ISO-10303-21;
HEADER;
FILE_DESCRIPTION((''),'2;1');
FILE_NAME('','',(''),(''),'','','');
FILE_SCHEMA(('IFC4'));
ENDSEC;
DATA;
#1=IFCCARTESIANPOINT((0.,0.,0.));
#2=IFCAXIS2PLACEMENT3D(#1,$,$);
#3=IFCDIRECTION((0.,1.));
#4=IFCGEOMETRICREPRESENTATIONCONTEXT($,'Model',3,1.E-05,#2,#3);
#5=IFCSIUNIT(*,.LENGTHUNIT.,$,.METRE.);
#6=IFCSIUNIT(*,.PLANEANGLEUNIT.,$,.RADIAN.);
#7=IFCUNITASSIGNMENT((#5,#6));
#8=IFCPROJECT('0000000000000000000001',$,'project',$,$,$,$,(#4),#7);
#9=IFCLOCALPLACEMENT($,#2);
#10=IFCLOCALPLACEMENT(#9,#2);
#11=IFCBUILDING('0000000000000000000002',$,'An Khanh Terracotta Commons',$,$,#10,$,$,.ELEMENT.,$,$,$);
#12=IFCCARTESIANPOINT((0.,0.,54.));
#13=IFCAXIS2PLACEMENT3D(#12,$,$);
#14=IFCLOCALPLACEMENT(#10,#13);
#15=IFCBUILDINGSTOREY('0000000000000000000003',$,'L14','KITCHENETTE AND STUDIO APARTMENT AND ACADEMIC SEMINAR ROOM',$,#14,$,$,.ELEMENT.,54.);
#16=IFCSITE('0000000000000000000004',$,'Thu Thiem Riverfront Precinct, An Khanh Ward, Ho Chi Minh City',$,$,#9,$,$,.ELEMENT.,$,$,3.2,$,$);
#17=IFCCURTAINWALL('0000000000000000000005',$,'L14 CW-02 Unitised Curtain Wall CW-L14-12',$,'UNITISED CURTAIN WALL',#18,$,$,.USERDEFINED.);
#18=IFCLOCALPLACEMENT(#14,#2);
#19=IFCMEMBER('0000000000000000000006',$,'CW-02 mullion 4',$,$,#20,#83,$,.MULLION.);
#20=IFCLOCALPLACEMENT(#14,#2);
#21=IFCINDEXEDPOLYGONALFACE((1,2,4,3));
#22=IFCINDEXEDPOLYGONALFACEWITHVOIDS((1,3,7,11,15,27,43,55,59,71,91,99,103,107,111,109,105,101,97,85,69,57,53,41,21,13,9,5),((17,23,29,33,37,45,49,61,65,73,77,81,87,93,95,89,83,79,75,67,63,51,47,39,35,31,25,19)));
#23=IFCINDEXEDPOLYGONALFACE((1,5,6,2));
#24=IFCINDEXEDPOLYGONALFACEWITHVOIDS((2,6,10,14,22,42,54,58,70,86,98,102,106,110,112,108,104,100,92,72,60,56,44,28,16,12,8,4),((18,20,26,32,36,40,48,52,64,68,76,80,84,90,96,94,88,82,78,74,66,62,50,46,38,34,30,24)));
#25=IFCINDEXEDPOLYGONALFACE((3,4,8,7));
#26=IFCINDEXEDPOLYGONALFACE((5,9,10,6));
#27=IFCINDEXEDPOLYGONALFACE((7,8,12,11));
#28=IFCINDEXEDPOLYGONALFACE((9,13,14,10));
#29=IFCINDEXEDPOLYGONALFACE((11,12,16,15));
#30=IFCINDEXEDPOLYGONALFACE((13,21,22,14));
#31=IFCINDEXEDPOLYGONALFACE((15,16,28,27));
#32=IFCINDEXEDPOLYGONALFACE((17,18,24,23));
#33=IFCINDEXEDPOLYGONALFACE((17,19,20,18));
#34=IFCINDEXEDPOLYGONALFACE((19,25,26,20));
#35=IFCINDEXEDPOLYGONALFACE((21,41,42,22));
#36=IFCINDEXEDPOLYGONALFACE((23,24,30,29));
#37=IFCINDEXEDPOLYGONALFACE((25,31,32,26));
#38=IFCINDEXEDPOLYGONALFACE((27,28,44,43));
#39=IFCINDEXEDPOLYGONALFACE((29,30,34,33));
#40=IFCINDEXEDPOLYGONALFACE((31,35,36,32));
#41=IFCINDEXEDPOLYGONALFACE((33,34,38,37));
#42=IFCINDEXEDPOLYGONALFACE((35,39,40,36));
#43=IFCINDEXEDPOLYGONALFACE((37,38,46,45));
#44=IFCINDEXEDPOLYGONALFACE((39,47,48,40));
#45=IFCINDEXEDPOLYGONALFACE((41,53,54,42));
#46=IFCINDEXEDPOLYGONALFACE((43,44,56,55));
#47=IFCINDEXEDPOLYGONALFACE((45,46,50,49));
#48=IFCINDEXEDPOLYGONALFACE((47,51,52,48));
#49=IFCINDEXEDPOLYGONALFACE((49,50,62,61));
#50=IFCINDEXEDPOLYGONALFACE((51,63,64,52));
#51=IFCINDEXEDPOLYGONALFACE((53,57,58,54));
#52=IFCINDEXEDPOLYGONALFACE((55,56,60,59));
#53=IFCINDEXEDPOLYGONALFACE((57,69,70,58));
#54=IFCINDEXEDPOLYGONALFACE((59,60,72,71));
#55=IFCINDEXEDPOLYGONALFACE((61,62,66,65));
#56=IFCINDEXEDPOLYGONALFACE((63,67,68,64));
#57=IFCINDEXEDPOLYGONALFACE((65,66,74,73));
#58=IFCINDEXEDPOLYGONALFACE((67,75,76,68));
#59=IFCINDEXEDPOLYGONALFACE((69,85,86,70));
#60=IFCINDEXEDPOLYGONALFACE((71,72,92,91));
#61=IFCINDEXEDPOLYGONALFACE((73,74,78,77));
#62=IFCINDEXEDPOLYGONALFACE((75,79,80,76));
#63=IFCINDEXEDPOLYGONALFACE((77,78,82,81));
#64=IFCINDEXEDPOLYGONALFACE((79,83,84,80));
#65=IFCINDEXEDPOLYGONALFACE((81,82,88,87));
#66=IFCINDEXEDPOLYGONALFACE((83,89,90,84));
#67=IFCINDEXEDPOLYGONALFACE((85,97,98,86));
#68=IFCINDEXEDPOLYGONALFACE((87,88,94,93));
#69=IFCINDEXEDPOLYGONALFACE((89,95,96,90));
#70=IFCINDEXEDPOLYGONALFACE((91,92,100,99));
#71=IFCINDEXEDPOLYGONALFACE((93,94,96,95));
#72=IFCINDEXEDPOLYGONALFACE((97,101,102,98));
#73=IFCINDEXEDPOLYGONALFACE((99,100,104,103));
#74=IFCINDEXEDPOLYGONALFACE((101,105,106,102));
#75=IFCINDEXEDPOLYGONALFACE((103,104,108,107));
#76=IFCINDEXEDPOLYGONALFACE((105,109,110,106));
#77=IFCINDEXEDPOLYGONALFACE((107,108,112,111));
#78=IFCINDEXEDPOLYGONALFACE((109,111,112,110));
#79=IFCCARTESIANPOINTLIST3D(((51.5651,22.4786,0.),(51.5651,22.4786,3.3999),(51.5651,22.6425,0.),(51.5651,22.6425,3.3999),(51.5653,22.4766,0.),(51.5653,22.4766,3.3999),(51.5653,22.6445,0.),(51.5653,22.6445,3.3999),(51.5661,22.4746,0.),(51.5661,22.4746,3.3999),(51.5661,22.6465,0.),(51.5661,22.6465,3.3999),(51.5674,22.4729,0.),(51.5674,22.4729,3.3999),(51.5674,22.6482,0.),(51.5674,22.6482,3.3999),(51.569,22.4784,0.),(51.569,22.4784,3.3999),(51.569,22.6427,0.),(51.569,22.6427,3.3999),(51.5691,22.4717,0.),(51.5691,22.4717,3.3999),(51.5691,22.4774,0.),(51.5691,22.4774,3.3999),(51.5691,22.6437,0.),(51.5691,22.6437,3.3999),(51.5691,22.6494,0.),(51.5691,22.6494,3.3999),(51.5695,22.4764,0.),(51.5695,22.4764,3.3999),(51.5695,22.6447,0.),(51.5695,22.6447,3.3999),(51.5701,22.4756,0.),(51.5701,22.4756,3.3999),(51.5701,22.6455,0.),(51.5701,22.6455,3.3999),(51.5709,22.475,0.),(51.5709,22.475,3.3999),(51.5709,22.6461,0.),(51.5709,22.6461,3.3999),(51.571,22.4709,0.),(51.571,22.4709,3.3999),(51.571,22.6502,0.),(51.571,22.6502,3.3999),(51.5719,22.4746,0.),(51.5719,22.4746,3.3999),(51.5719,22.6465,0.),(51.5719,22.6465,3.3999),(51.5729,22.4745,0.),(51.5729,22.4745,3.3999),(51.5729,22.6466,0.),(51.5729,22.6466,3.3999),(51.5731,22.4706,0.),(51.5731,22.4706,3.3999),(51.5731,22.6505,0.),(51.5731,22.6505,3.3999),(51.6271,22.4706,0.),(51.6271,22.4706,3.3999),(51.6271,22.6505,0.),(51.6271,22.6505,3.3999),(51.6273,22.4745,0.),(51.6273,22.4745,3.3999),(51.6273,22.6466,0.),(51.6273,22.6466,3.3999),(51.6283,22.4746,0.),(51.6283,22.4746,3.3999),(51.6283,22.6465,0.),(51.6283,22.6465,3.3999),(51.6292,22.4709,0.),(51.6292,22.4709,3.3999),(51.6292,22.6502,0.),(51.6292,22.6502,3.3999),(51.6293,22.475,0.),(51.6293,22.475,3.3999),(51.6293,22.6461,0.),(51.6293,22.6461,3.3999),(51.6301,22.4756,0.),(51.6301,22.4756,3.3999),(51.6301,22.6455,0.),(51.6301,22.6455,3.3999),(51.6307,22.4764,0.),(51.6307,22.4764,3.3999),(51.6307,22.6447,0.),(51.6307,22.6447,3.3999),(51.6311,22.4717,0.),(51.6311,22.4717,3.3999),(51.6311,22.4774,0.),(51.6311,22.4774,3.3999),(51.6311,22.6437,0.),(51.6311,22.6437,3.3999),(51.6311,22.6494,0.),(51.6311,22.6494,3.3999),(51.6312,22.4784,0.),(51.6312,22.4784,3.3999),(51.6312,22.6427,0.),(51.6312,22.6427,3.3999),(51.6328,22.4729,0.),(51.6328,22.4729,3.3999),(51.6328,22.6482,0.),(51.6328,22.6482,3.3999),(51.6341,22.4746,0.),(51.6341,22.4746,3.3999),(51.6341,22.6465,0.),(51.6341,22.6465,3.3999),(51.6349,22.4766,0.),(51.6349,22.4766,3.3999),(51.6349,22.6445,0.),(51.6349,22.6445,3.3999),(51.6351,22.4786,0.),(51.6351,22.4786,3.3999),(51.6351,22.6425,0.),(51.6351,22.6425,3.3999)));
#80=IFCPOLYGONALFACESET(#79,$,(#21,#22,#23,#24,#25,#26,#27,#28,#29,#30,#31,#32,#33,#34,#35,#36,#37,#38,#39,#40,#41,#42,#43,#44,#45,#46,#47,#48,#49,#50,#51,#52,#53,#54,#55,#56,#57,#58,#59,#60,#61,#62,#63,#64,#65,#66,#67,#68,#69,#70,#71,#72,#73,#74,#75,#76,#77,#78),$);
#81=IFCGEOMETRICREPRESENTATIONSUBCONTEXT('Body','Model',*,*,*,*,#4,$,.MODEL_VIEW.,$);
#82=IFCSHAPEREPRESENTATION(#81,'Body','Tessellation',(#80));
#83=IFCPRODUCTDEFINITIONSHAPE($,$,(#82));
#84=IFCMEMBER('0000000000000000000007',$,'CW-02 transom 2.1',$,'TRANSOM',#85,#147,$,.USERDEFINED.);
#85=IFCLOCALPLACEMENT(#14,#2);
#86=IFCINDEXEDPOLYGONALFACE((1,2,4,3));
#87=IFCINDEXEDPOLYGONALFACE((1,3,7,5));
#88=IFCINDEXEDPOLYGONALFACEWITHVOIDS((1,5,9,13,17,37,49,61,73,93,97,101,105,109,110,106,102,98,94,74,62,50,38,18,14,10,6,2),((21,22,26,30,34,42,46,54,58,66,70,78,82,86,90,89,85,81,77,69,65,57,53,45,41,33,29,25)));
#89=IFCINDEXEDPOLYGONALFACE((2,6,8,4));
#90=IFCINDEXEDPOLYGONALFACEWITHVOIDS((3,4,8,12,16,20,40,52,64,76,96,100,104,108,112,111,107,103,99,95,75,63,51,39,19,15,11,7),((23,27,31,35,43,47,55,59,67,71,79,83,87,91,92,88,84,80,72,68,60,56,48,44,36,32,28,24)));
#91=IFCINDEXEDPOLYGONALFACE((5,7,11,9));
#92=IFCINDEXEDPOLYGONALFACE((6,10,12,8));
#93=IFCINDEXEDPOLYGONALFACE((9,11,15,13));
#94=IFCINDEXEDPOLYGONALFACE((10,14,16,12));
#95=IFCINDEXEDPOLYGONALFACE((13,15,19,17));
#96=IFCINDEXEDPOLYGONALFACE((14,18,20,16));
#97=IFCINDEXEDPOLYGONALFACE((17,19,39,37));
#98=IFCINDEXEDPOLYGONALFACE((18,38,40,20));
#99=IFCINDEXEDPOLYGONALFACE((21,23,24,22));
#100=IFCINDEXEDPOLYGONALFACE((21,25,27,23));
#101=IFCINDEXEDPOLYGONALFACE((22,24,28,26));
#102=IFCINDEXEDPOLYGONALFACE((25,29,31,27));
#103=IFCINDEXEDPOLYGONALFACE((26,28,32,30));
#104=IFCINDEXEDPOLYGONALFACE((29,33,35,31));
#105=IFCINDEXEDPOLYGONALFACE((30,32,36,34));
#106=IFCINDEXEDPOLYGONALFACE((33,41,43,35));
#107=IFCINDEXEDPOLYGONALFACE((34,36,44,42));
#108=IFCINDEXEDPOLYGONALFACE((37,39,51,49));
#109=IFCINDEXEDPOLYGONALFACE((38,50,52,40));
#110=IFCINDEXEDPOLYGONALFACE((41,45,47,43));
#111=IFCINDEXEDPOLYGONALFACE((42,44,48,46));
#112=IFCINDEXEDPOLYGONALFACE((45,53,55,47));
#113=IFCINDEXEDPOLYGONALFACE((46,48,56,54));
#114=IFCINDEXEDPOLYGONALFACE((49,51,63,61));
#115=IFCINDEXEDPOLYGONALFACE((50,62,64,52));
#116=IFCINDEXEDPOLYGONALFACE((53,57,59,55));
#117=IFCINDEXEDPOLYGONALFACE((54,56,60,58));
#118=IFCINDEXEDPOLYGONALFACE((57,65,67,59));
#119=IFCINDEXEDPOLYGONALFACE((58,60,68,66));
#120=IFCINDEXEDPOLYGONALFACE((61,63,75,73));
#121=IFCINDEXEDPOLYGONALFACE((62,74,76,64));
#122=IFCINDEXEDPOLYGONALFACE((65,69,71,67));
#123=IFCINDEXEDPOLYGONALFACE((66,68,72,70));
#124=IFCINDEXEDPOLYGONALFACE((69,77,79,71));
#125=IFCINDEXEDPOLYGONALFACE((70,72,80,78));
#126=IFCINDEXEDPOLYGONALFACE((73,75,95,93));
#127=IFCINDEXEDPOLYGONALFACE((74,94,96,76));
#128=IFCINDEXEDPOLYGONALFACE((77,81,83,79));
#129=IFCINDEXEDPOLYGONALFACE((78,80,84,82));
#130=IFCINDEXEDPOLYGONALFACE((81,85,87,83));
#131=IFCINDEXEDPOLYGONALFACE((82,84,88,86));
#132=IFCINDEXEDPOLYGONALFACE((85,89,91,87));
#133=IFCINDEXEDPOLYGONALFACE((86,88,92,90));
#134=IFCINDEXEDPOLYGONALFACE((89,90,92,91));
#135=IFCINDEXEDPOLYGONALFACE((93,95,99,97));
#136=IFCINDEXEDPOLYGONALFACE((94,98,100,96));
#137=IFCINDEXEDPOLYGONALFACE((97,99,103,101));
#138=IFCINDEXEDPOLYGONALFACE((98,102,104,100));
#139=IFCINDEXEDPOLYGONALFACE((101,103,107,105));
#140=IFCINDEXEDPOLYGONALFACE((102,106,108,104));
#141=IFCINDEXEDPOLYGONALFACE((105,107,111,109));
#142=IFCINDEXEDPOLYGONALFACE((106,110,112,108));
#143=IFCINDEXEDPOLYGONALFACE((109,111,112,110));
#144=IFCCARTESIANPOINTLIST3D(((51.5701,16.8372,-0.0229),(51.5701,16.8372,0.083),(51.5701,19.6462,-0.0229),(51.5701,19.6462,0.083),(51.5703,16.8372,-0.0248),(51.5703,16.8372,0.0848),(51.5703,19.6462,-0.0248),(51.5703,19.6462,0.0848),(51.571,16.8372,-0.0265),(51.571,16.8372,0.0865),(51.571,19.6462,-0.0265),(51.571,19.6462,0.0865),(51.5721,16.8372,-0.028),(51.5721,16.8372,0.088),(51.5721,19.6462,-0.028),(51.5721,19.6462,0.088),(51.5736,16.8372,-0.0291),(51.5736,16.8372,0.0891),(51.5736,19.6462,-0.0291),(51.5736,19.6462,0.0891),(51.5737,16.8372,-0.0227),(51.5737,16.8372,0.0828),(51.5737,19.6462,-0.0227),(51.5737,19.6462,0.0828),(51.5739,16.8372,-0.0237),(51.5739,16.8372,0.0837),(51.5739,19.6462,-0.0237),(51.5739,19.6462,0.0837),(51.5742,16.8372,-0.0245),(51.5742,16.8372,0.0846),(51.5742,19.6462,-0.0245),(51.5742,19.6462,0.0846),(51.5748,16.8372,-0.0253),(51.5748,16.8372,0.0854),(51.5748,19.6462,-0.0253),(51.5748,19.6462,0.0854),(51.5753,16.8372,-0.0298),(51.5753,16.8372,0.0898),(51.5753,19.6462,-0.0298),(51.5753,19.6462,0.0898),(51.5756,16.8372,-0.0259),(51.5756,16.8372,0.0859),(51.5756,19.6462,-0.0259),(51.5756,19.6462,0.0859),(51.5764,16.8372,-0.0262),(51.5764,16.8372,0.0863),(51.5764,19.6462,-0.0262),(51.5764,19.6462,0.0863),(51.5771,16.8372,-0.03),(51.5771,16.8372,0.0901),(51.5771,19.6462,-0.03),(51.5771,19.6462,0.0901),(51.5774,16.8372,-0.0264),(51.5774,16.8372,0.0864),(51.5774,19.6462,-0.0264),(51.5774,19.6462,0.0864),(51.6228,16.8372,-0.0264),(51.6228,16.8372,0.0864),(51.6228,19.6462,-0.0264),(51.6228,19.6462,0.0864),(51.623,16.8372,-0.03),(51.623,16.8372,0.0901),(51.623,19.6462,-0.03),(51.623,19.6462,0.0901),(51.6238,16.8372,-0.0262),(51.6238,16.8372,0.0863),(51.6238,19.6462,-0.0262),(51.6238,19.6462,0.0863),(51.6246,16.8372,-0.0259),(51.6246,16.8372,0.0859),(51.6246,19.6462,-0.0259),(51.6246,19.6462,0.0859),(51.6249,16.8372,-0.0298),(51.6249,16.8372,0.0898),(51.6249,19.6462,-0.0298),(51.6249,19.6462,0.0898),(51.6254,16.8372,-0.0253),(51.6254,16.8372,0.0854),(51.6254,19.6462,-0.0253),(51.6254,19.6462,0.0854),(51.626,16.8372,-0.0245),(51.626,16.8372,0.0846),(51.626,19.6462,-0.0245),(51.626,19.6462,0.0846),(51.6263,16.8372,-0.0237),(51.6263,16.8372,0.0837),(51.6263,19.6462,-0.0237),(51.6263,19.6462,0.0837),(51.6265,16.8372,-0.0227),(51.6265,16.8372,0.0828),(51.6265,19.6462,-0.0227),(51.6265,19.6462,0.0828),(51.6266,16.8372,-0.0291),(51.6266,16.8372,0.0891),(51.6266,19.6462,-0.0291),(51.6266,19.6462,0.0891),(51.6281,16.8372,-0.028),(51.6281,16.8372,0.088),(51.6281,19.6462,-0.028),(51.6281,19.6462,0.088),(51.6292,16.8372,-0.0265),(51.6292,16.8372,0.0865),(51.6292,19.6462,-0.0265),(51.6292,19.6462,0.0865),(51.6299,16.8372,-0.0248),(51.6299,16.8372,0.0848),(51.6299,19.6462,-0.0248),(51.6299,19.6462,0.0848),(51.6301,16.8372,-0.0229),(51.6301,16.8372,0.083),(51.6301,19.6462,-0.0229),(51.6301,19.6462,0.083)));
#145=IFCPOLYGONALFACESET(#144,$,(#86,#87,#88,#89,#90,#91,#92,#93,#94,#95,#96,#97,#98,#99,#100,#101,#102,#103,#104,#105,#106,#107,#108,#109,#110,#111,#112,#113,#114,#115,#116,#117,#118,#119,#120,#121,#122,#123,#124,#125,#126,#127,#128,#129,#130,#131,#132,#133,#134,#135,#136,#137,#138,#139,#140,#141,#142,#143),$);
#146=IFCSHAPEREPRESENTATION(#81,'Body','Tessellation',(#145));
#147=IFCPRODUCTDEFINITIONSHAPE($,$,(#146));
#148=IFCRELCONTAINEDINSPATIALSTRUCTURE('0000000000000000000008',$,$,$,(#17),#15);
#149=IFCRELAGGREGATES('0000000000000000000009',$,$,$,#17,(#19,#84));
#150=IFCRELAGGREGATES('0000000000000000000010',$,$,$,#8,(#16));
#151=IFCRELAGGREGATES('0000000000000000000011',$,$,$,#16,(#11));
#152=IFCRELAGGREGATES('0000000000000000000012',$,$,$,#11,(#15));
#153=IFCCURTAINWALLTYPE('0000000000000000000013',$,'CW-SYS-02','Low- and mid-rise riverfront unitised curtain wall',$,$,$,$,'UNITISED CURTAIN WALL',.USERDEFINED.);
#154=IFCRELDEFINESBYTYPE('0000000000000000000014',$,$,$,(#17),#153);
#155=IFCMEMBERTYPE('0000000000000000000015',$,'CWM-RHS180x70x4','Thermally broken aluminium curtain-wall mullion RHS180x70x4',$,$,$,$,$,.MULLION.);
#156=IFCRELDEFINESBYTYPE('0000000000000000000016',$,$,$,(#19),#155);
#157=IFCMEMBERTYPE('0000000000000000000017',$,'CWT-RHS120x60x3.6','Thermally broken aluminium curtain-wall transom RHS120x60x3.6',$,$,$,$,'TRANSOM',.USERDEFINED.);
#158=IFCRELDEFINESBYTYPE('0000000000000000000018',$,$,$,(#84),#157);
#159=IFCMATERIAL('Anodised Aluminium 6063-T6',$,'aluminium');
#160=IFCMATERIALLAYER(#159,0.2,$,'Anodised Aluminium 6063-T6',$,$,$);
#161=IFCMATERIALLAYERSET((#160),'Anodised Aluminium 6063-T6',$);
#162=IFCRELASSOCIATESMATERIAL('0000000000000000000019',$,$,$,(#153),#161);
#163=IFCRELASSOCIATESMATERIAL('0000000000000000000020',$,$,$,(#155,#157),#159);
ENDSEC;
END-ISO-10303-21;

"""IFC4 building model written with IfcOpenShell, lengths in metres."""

from ifc_helpers import new_model, si_unit, direction, frame, origin, origin_2d, place, context, subcontext, project, spatial, hollow_rectangle, extrude, material, layer, layer_set, material_profile, profile_set, type_object, element, aggregate, save


model = new_model("IFC4")

# Units and contexts
model_context = context("Model", 3, precision=1e-05, world=origin(), true_north=direction((0.0, 1.0)))
body_context = subcontext(model_context, "Body", "Model", "MODEL_VIEW")
ifc_project = project(units=[si_unit("LENGTHUNIT", "METRE"), si_unit("PLANEANGLEUNIT", "RADIAN")], contexts=[model_context])

# Site, building, storey
site_placement = place(None, origin())
site = spatial("IfcSite", under=ifc_project, at=site_placement, Name="Thu Thiem Riverfront Precinct, An Khanh Ward, Ho Chi Minh City", CompositionType="ELEMENT", RefElevation=3.2)
building_placement = place(site_placement, origin())
building = spatial("IfcBuilding", under=site, at=building_placement, Name="An Khanh Terracotta Commons", CompositionType="ELEMENT")
storey_placement = place(building_placement, frame((0.0, 0.0, 54.0)))
storey = spatial("IfcBuildingStorey", under=building, at=storey_placement, Name="L14", Description="KITCHENETTE AND STUDIO APARTMENT AND ACADEMIC SEMINAR ROOM", CompositionType="ELEMENT", Elevation=54.0)

# Curtain wall, members
ifc_material_1 = material(Name="Anodised Aluminium 6063-T6", Category="aluminium")
ifc_layer_1 = layer(ifc_material_1, 0.2, Name="Anodised Aluminium 6063-T6")
ifc_layer_set_1 = layer_set([ifc_layer_1], Name="Anodised Aluminium 6063-T6")
curtain_wall_type = type_object("IfcCurtainWallType", Name="CW-SYS-02", Description="Low- and mid-rise riverfront unitised curtain wall", ElementType="UNITISED CURTAIN WALL", PredefinedType="USERDEFINED", material=ifc_layer_set_1)
curtain_wall_placement = place(storey_placement, origin())
curtain_wall = element("IfcCurtainWall", 1, at=curtain_wall_placement, inside=storey, type_object=curtain_wall_type, Name="L14 CW-02 Unitised Curtain Wall CW-L14-12", ObjectType="UNITISED CURTAIN WALL", PredefinedType="USERDEFINED")
ifc_material_profile_1 = material_profile(ifc_material_1, hollow_rectangle(XDim=0.0701, YDim=0.1799, WallThickness=0.0039, InnerFilletRadius=0.0039, OuterFilletRadius=0.0081, at=origin_2d()), Name="RHS180x70x4")
ifc_profile_set_1 = profile_set([ifc_material_profile_1], Name="Anodised Aluminium 6063-T6")
member_type_1 = type_object("IfcMemberType", Name="CWM-RHS180x70x4", Description="Thermally broken aluminium curtain-wall mullion RHS180x70x4", PredefinedType="MULLION", material=ifc_profile_set_1)
member_1_placement = place(storey_placement, frame((51.6001, 22.5605, 0.0), z_axis=(0.0, 0.0, 1.0), x_axis=(-1.0, 0.0, 0.0)))
member_1 = element("IfcMember", 2, at=member_1_placement, type_object=member_type_1, Name="CW-02 mullion 4", PredefinedType="MULLION", context=body_context, shape_type="SweptSolid", body=[
    extrude(hollow_rectangle(XDim=0.0701, YDim=0.1799, WallThickness=0.0039, InnerFilletRadius=0.0039, OuterFilletRadius=0.0081, at=origin_2d()), origin(), (0.0, 0.0, 1.0), 3.3999),
])
ifc_material_profile_2 = material_profile(ifc_material_1, hollow_rectangle(XDim=0.0601, YDim=0.1201, WallThickness=0.0037, InnerFilletRadius=0.0037, OuterFilletRadius=0.0071, at=origin_2d()), Name="RHS120x60x3.6")
ifc_profile_set_2 = profile_set([ifc_material_profile_2], Name="Anodised Aluminium 6063-T6")
member_type_2 = type_object("IfcMemberType", Name="CWT-RHS120x60x3.6", Description="Thermally broken aluminium curtain-wall transom RHS120x60x3.6", ElementType="TRANSOM", PredefinedType="USERDEFINED", material=ifc_profile_set_2)
member_2_placement = place(storey_placement, frame((51.6001, 16.8372, 0.03), z_axis=(0.0, 1.0, 0.0), x_axis=(-1.0, 0.0, 0.0)))
member_2 = element("IfcMember", 3, at=member_2_placement, type_object=member_type_2, Name="CW-02 transom 2.1", ObjectType="TRANSOM", PredefinedType="USERDEFINED", context=body_context, shape_type="SweptSolid", body=[
    extrude(hollow_rectangle(XDim=0.0601, YDim=0.1201, WallThickness=0.0037, InnerFilletRadius=0.0037, OuterFilletRadius=0.0071, at=origin_2d()), origin(), (0.0, 0.0, 1.0), 2.8091),
])
aggregate(curtain_wall, [member_1, member_2])

save(model, "model.ifc")
